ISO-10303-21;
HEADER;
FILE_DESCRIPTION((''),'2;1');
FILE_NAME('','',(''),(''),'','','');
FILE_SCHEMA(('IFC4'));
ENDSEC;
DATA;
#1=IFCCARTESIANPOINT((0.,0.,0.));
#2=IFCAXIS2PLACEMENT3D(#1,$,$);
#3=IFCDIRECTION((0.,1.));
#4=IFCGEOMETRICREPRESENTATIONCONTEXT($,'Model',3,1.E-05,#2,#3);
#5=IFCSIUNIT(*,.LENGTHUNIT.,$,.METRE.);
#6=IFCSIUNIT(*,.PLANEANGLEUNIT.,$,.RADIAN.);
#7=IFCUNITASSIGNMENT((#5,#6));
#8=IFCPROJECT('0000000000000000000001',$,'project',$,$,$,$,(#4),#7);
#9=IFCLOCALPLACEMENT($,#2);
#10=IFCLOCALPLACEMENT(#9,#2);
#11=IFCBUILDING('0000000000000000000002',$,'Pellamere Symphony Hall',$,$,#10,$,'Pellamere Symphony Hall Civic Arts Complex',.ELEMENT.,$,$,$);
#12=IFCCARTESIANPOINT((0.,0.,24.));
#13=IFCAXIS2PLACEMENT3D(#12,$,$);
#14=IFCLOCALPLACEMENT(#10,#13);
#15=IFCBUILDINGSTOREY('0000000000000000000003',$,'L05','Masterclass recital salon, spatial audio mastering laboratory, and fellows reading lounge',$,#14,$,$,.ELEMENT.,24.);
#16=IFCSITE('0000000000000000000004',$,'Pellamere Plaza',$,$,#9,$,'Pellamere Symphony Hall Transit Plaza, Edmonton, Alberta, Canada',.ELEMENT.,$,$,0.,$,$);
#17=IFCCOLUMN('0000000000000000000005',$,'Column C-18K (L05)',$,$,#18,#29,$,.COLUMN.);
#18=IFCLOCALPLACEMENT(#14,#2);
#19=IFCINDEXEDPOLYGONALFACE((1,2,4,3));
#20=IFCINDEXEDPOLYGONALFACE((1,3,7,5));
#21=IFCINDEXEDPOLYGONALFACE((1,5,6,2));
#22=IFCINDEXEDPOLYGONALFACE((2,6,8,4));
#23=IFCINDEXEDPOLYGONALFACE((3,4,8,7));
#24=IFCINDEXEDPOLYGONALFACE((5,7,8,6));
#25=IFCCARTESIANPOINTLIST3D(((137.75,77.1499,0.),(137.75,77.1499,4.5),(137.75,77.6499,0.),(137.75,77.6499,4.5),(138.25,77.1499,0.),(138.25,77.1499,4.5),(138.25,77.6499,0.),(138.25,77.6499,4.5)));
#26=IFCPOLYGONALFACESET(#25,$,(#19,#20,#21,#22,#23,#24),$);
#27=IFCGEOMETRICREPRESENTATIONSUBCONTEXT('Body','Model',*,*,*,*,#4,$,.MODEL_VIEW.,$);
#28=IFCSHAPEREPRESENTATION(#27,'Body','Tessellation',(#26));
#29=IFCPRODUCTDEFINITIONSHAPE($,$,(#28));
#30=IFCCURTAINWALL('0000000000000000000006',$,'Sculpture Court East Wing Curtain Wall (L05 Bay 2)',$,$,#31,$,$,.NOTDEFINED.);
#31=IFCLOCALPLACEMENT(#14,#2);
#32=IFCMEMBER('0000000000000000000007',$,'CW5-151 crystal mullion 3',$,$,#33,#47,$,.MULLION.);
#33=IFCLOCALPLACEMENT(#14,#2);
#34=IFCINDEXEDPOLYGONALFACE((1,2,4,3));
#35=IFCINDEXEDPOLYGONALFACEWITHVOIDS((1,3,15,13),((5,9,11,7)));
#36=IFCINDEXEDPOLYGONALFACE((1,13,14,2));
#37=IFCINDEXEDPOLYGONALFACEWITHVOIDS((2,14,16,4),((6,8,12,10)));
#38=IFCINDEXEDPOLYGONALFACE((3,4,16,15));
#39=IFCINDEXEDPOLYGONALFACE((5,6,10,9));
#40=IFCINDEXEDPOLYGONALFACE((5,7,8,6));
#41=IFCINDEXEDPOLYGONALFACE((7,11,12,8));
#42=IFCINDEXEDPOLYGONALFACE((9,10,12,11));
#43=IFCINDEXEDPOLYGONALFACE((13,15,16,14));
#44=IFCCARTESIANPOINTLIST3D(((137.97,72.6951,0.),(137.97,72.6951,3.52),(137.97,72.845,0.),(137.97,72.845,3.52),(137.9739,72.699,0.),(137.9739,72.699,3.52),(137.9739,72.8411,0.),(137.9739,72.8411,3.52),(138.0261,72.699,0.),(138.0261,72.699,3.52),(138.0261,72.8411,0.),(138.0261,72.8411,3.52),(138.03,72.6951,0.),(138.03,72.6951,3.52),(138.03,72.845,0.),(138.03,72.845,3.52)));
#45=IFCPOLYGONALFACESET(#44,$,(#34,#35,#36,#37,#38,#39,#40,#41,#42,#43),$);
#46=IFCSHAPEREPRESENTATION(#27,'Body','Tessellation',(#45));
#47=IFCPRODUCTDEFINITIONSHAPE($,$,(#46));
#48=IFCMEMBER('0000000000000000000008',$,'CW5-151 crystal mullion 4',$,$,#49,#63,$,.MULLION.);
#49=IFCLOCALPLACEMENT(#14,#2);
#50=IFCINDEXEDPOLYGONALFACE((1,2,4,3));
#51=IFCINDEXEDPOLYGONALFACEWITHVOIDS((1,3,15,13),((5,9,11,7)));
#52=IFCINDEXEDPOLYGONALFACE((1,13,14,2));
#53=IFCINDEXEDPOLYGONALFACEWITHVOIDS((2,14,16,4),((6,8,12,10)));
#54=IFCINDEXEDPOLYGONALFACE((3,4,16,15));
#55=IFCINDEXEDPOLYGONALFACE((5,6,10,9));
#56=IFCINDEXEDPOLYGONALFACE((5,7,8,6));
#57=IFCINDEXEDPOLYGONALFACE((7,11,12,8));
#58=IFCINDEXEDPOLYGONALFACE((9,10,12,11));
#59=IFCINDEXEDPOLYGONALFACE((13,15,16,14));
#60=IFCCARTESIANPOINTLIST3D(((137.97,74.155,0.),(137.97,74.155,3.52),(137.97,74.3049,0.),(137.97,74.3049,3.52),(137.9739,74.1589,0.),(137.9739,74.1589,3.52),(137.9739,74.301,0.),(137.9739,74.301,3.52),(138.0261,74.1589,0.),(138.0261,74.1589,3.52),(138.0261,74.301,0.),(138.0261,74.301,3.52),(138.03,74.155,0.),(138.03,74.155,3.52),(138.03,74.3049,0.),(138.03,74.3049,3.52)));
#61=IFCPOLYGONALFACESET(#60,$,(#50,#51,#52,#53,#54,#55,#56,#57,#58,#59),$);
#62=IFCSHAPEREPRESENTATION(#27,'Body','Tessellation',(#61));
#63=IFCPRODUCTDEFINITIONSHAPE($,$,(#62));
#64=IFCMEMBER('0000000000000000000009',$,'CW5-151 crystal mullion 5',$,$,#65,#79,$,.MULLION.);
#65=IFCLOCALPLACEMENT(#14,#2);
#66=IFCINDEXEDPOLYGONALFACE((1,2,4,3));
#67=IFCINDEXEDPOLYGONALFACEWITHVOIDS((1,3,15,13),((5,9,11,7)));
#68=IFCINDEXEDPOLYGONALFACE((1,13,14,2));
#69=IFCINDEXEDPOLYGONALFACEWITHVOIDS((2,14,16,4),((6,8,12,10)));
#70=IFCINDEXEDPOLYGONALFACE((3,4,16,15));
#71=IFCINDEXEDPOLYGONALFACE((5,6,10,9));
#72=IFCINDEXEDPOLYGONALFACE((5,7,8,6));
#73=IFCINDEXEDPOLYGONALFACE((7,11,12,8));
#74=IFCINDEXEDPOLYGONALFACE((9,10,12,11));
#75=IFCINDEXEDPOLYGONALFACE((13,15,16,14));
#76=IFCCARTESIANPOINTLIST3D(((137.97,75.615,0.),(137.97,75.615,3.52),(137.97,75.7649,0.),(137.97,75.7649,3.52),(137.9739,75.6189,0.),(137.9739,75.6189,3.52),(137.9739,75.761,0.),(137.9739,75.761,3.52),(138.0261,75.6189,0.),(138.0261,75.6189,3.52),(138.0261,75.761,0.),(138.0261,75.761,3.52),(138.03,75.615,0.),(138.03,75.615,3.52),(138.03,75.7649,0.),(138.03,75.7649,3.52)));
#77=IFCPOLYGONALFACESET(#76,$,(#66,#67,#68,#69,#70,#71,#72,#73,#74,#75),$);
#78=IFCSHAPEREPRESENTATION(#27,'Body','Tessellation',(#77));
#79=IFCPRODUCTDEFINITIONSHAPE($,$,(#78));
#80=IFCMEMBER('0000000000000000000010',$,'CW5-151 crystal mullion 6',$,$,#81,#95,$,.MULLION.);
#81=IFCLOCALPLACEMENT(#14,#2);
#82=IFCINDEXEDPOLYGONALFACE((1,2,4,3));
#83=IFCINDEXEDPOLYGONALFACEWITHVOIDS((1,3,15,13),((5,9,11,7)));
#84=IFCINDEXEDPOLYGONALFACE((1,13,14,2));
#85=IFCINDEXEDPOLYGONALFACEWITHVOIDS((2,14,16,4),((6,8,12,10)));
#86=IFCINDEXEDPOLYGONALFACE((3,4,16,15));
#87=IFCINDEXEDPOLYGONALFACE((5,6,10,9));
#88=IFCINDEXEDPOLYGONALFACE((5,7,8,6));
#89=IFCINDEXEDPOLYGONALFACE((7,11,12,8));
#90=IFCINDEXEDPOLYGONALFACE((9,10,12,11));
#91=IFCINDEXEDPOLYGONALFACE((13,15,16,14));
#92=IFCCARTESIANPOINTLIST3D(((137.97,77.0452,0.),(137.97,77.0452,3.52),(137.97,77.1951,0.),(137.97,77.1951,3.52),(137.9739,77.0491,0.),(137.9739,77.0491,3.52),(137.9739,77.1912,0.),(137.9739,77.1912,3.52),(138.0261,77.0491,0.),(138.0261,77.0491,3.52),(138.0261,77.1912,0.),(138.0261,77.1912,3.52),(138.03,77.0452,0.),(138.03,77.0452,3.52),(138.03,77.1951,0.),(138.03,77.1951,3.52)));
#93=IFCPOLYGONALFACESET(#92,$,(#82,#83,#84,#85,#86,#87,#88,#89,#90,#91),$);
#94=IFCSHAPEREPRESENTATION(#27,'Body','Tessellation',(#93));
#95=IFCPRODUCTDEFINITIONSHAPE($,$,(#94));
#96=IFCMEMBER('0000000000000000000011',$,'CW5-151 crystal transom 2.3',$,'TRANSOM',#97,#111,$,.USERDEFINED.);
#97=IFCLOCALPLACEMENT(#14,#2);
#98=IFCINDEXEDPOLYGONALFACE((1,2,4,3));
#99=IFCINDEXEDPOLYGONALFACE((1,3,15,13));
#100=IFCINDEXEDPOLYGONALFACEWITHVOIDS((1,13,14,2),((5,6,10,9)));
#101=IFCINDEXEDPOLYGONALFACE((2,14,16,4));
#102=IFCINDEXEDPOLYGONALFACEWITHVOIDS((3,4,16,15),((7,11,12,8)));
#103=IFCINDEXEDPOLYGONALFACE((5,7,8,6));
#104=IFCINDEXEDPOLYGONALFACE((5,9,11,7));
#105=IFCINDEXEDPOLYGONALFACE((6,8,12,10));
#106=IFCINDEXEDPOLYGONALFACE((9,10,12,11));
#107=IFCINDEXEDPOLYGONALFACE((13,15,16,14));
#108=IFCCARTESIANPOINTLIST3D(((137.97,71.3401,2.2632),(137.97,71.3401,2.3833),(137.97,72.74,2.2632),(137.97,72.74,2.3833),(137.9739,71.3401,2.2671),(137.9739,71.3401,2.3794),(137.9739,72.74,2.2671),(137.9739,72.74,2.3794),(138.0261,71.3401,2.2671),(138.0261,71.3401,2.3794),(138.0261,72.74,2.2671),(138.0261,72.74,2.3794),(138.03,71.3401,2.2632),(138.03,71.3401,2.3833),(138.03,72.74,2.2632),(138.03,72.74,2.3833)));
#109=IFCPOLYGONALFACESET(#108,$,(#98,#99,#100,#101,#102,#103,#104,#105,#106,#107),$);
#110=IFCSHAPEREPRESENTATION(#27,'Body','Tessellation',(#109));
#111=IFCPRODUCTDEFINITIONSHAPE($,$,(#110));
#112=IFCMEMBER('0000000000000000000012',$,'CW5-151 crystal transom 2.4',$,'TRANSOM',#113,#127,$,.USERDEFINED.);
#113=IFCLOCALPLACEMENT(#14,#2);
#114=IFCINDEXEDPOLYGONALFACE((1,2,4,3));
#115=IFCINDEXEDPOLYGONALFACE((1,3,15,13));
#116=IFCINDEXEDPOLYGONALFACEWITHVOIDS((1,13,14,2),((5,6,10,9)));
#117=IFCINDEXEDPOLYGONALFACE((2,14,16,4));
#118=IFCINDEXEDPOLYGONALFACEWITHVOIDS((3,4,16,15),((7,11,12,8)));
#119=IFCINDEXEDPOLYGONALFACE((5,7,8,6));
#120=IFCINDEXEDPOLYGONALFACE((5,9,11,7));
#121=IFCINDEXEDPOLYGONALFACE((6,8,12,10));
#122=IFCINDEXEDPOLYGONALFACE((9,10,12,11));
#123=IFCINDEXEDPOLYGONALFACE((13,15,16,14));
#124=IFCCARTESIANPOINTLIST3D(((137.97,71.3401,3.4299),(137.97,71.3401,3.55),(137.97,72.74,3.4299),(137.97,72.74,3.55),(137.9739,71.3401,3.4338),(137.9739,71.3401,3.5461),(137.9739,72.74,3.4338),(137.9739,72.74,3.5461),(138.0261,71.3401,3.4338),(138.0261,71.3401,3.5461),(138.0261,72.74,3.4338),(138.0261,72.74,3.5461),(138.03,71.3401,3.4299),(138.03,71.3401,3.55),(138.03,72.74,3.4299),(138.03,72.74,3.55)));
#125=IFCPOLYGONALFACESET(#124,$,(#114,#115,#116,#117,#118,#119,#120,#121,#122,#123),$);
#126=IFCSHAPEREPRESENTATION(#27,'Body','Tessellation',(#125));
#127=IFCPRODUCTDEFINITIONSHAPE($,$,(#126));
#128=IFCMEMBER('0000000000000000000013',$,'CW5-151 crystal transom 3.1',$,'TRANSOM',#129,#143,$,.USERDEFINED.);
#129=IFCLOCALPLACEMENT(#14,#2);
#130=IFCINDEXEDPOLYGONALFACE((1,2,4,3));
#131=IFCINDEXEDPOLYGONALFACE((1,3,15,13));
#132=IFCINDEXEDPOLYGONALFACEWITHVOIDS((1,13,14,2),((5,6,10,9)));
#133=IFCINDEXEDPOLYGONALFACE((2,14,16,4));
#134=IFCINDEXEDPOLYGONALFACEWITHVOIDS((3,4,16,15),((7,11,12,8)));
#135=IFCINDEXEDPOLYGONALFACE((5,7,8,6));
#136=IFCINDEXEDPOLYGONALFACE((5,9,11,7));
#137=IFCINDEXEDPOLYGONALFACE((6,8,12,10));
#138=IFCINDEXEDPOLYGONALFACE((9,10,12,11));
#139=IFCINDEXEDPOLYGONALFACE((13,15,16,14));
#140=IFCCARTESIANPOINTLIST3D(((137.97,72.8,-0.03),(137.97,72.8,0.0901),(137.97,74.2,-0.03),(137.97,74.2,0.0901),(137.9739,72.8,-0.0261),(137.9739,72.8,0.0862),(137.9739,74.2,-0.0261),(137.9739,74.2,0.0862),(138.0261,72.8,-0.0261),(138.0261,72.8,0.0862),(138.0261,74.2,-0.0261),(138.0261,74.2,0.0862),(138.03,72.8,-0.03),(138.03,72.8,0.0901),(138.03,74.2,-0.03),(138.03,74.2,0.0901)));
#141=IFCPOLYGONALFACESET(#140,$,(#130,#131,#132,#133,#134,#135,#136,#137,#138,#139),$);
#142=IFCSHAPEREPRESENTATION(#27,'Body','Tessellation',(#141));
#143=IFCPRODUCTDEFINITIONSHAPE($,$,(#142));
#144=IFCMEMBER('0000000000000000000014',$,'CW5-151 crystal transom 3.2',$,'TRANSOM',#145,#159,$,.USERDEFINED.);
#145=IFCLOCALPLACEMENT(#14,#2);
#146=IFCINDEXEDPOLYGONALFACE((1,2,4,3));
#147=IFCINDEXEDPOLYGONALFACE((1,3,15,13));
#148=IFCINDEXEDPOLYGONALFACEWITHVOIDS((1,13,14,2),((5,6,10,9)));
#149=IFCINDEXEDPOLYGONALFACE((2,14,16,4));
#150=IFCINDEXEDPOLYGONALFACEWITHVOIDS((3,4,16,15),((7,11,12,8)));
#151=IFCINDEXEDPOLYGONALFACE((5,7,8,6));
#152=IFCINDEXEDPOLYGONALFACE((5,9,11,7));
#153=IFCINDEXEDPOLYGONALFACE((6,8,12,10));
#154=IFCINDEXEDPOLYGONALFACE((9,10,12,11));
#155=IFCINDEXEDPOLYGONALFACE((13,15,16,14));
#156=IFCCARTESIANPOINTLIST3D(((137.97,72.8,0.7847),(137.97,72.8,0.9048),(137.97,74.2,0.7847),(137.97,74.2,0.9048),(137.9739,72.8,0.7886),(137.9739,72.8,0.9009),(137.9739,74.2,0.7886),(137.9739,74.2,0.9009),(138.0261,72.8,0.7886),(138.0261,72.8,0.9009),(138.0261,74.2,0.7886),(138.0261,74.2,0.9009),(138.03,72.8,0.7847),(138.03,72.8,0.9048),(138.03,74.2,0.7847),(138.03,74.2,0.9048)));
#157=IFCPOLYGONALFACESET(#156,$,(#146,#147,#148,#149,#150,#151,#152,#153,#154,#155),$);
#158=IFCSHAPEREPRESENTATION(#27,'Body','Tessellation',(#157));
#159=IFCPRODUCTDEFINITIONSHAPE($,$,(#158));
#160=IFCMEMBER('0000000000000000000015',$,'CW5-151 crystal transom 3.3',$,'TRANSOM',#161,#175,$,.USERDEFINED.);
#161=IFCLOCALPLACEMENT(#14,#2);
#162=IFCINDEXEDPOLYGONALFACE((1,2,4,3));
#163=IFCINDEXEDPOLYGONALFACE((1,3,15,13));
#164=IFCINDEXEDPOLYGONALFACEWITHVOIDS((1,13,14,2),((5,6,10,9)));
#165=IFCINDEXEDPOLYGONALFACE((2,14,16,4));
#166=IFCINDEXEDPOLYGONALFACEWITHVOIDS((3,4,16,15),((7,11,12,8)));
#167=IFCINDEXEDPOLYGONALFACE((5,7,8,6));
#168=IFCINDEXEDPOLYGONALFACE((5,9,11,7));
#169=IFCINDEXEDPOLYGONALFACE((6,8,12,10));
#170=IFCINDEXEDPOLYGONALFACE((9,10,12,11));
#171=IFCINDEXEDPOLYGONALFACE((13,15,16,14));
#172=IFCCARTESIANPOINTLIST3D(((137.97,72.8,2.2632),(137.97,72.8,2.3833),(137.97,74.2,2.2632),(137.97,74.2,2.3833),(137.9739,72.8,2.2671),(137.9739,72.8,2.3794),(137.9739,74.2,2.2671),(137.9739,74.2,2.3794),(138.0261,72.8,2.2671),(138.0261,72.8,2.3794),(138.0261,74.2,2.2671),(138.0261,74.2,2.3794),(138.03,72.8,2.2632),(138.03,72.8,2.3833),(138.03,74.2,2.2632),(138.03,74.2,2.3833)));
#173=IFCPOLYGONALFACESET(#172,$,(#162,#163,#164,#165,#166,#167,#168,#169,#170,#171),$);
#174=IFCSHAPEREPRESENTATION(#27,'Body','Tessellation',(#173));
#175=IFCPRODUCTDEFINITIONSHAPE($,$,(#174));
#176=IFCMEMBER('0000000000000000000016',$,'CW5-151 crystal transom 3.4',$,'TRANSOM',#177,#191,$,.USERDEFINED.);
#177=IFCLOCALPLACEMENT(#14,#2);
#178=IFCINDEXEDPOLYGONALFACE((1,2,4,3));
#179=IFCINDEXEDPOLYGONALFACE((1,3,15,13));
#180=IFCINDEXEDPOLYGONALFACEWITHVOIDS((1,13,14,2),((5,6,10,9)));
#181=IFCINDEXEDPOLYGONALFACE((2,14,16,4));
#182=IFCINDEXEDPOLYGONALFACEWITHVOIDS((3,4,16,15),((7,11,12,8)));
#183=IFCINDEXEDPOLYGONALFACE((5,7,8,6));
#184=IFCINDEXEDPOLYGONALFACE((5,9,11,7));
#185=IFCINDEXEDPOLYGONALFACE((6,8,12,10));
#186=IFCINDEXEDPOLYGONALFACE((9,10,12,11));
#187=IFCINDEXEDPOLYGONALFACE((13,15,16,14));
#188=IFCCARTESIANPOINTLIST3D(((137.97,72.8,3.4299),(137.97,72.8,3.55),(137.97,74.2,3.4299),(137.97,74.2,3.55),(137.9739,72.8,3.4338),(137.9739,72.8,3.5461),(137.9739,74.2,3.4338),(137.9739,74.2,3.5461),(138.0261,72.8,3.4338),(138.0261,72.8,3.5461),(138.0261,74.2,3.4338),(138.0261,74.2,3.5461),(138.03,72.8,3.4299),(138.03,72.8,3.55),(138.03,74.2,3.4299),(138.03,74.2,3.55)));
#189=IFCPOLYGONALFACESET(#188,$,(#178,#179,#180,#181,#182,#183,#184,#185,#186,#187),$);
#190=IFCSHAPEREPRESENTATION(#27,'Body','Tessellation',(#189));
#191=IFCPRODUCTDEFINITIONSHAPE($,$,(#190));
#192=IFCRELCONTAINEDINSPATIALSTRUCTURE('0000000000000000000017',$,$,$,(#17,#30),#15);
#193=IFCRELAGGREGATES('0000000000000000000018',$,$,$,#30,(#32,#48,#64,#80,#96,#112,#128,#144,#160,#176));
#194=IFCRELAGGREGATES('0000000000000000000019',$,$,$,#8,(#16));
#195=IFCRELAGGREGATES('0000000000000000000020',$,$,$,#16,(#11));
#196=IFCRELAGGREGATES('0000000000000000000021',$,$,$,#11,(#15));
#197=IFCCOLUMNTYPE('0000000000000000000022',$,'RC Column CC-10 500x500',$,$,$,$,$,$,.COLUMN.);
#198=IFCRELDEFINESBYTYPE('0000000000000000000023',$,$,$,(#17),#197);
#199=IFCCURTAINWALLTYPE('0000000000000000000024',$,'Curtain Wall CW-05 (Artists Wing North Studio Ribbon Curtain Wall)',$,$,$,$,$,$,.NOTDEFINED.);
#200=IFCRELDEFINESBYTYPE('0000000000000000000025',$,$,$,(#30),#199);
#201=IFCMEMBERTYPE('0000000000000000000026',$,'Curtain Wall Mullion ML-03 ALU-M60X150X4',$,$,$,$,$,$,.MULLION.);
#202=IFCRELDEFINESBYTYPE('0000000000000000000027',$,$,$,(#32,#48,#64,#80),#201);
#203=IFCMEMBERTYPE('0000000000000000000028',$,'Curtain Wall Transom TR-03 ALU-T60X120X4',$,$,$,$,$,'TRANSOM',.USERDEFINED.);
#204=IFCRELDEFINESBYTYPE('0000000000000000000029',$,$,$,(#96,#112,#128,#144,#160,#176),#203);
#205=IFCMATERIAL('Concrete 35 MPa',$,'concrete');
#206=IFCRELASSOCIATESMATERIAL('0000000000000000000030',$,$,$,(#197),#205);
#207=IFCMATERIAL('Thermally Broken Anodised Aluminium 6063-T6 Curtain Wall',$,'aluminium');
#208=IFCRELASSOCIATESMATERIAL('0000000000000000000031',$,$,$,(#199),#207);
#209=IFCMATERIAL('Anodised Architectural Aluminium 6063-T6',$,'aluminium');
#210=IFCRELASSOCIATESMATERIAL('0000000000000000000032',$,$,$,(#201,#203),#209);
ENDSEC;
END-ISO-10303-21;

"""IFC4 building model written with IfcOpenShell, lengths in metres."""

from ifc_helpers import new_model, si_unit, direction, frame, origin, origin_2d, place, context, subcontext, project, spatial, rectangle, hollow_rectangle, extrude, material, material_profile, profile_set, type_object, element, aggregate, save


model = new_model("IFC4")

# Units and contexts
model_context = context("Model", 3, precision=1e-05, world=origin(), true_north=direction((0.0, 1.0)))
body_context = subcontext(model_context, "Body", "Model", "MODEL_VIEW")
ifc_project = project(units=[si_unit("LENGTHUNIT", "METRE"), si_unit("PLANEANGLEUNIT", "RADIAN")], contexts=[model_context])

# Site, building, storey
site_placement = place(None, origin())
site = spatial("IfcSite", under=ifc_project, at=site_placement, Name="Pellamere Plaza", LongName="Pellamere Symphony Hall Transit Plaza, Edmonton, Alberta, Canada", CompositionType="ELEMENT", RefElevation=0.0)
building_placement = place(site_placement, origin())
building = spatial("IfcBuilding", under=site, at=building_placement, Name="Pellamere Symphony Hall", LongName="Pellamere Symphony Hall Civic Arts Complex", CompositionType="ELEMENT")
storey_placement = place(building_placement, frame((0.0, 0.0, 24.0)))
storey = spatial("IfcBuildingStorey", under=building, at=storey_placement, Name="L05", Description="Masterclass recital salon, spatial audio mastering laboratory, and fellows reading lounge", CompositionType="ELEMENT", Elevation=24.0)

# Column
ifc_material_1 = material(Name="Concrete 35 MPa", Category="concrete")
ifc_material_profile_1 = material_profile(ifc_material_1, rectangle(XDim=0.5, YDim=0.5, at=origin_2d()), Name="RC 500x500")
ifc_profile_set_1 = profile_set([ifc_material_profile_1], Name="Concrete 35 MPa")
column_type = type_object("IfcColumnType", Name="RC Column CC-10 500x500", PredefinedType="COLUMN", material=ifc_profile_set_1)
column_placement = place(storey_placement, frame((138.0, 77.3999, 0.0), z_axis=(0.0, 0.0, 1.0), x_axis=(1.0, 0.0, 0.0)))
element("IfcColumn", 1, at=column_placement, inside=storey, type_object=column_type, Name="Column C-18K (L05)", PredefinedType="COLUMN", context=body_context, shape_type="SweptSolid", body=[
    extrude(rectangle(XDim=0.5, YDim=0.5, at=origin_2d()), origin(), (0.0, 0.0, 1.0), 4.5),
])

# Curtain wall, members
ifc_material_2 = material(Name="Thermally Broken Anodised Aluminium 6063-T6 Curtain Wall", Category="aluminium")
curtain_wall_type = type_object("IfcCurtainWallType", Name="Curtain Wall CW-05 (Artists Wing North Studio Ribbon Curtain Wall)", PredefinedType="NOTDEFINED", material=ifc_material_2)
curtain_wall_placement = place(storey_placement, origin())
curtain_wall = element("IfcCurtainWall", 2, at=curtain_wall_placement, inside=storey, type_object=curtain_wall_type, Name="Sculpture Court East Wing Curtain Wall (L05 Bay 2)", PredefinedType="NOTDEFINED")
ifc_material_3 = material(Name="Anodised Architectural Aluminium 6063-T6", Category="aluminium")
ifc_material_profile_2 = material_profile(ifc_material_3, hollow_rectangle(XDim=0.0601, YDim=0.1499, WallThickness=0.0039, at=origin_2d()), Name="ALU-M60X150X4")
ifc_profile_set_2 = profile_set([ifc_material_profile_2], Name="Anodised Architectural Aluminium 6063-T6")
member_type_1 = type_object("IfcMemberType", Name="Curtain Wall Mullion ML-03 ALU-M60X150X4", PredefinedType="MULLION", material=ifc_profile_set_2)
member_1_placement = place(storey_placement, frame((138.0, 72.77, 0.0), z_axis=(0.0, 0.0, 1.0), x_axis=(-1.0, 0.0, 0.0)))
member_1 = element("IfcMember", 3, at=member_1_placement, type_object=member_type_1, Name="CW5-151 crystal mullion 3", PredefinedType="MULLION", context=body_context, shape_type="SweptSolid", body=[
    extrude(hollow_rectangle(XDim=0.0601, YDim=0.1499, WallThickness=0.0039, at=origin_2d()), origin(), (0.0, 0.0, 1.0), 3.52),
])
member_2_placement = place(storey_placement, frame((138.0, 74.23, 0.0), z_axis=(0.0, 0.0, 1.0), x_axis=(-1.0, 0.0, 0.0)))
member_2 = element("IfcMember", 4, at=member_2_placement, type_object=member_type_1, Name="CW5-151 crystal mullion 4", PredefinedType="MULLION", context=body_context, shape_type="SweptSolid", body=[
    extrude(hollow_rectangle(XDim=0.0601, YDim=0.1499, WallThickness=0.0039, at=origin_2d()), origin(), (0.0, 0.0, 1.0), 3.52),
])
member_3_placement = place(storey_placement, frame((138.0, 75.6899, 0.0), z_axis=(0.0, 0.0, 1.0), x_axis=(-1.0, 0.0, 0.0)))
member_3 = element("IfcMember", 5, at=member_3_placement, type_object=member_type_1, Name="CW5-151 crystal mullion 5", PredefinedType="MULLION", context=body_context, shape_type="SweptSolid", body=[
    extrude(hollow_rectangle(XDim=0.0601, YDim=0.1499, WallThickness=0.0039, at=origin_2d()), origin(), (0.0, 0.0, 1.0), 3.52),
])
member_4_placement = place(storey_placement, frame((138.0, 77.1201, 0.0), z_axis=(0.0, 0.0, 1.0), x_axis=(-1.0, 0.0, 0.0)))
member_4 = element("IfcMember", 6, at=member_4_placement, type_object=member_type_1, Name="CW5-151 crystal mullion 6", PredefinedType="MULLION", context=body_context, shape_type="SweptSolid", body=[
    extrude(hollow_rectangle(XDim=0.0601, YDim=0.1499, WallThickness=0.0039, at=origin_2d()), origin(), (0.0, 0.0, 1.0), 3.52),
])
ifc_material_profile_3 = material_profile(ifc_material_3, hollow_rectangle(XDim=0.0601, YDim=0.1201, WallThickness=0.0039, at=origin_2d()), Name="ALU-T60X120X4")
ifc_profile_set_3 = profile_set([ifc_material_profile_3], Name="Anodised Architectural Aluminium 6063-T6")
member_type_2 = type_object("IfcMemberType", Name="Curtain Wall Transom TR-03 ALU-T60X120X4", ElementType="TRANSOM", PredefinedType="USERDEFINED", material=ifc_profile_set_3)
member_5_placement = place(storey_placement, frame((138.0, 71.3401, 2.3232), z_axis=(0.0, 1.0, 0.0), x_axis=(-1.0, 0.0, 0.0)))
member_5 = element("IfcMember", 7, at=member_5_placement, type_object=member_type_2, Name="CW5-151 crystal transom 2.3", ObjectType="TRANSOM", PredefinedType="USERDEFINED", context=body_context, shape_type="SweptSolid", body=[
    extrude(hollow_rectangle(XDim=0.0601, YDim=0.1201, WallThickness=0.0039, at=origin_2d()), origin(), (0.0, 0.0, 1.0), 1.3999),
])
member_6_placement = place(storey_placement, frame((138.0, 71.3401, 3.49), z_axis=(0.0, 1.0, 0.0), x_axis=(-1.0, 0.0, 0.0)))
member_6 = element("IfcMember", 8, at=member_6_placement, type_object=member_type_2, Name="CW5-151 crystal transom 2.4", ObjectType="TRANSOM", PredefinedType="USERDEFINED", context=body_context, shape_type="SweptSolid", body=[
    extrude(hollow_rectangle(XDim=0.0601, YDim=0.1201, WallThickness=0.0039, at=origin_2d()), origin(), (0.0, 0.0, 1.0), 1.3999),
])
member_7_placement = place(storey_placement, frame((138.0, 72.8, 0.03), z_axis=(0.0, 1.0, 0.0), x_axis=(-1.0, 0.0, 0.0)))
member_7 = element("IfcMember", 9, at=member_7_placement, type_object=member_type_2, Name="CW5-151 crystal transom 3.1", ObjectType="TRANSOM", PredefinedType="USERDEFINED", context=body_context, shape_type="SweptSolid", body=[
    extrude(hollow_rectangle(XDim=0.0601, YDim=0.1201, WallThickness=0.0039, at=origin_2d()), origin(), (0.0, 0.0, 1.0), 1.3999),
])
member_8_placement = place(storey_placement, frame((138.0, 72.8, 0.8447), z_axis=(0.0, 1.0, 0.0), x_axis=(-1.0, 0.0, 0.0)))
member_8 = element("IfcMember", 10, at=member_8_placement, type_object=member_type_2, Name="CW5-151 crystal transom 3.2", ObjectType="TRANSOM", PredefinedType="USERDEFINED", context=body_context, shape_type="SweptSolid", body=[
    extrude(hollow_rectangle(XDim=0.0601, YDim=0.1201, WallThickness=0.0039, at=origin_2d()), origin(), (0.0, 0.0, 1.0), 1.3999),
])
member_9_placement = place(storey_placement, frame((138.0, 72.8, 2.3232), z_axis=(0.0, 1.0, 0.0), x_axis=(-1.0, 0.0, 0.0)))
member_9 = element("IfcMember", 11, at=member_9_placement, type_object=member_type_2, Name="CW5-151 crystal transom 3.3", ObjectType="TRANSOM", PredefinedType="USERDEFINED", context=body_context, shape_type="SweptSolid", body=[
    extrude(hollow_rectangle(XDim=0.0601, YDim=0.1201, WallThickness=0.0039, at=origin_2d()), origin(), (0.0, 0.0, 1.0), 1.3999),
])
member_10_placement = place(storey_placement, frame((138.0, 72.8, 3.49), z_axis=(0.0, 1.0, 0.0), x_axis=(-1.0, 0.0, 0.0)))
member_10 = element("IfcMember", 12, at=member_10_placement, type_object=member_type_2, Name="CW5-151 crystal transom 3.4", ObjectType="TRANSOM", PredefinedType="USERDEFINED", context=body_context, shape_type="SweptSolid", body=[
    extrude(hollow_rectangle(XDim=0.0601, YDim=0.1201, WallThickness=0.0039, at=origin_2d()), origin(), (0.0, 0.0, 1.0), 1.3999),
])

aggregate(curtain_wall, [member_1, member_2, member_3, member_4, member_5, member_6, member_7, member_8, member_9, member_10])

save(model, "model.ifc")
